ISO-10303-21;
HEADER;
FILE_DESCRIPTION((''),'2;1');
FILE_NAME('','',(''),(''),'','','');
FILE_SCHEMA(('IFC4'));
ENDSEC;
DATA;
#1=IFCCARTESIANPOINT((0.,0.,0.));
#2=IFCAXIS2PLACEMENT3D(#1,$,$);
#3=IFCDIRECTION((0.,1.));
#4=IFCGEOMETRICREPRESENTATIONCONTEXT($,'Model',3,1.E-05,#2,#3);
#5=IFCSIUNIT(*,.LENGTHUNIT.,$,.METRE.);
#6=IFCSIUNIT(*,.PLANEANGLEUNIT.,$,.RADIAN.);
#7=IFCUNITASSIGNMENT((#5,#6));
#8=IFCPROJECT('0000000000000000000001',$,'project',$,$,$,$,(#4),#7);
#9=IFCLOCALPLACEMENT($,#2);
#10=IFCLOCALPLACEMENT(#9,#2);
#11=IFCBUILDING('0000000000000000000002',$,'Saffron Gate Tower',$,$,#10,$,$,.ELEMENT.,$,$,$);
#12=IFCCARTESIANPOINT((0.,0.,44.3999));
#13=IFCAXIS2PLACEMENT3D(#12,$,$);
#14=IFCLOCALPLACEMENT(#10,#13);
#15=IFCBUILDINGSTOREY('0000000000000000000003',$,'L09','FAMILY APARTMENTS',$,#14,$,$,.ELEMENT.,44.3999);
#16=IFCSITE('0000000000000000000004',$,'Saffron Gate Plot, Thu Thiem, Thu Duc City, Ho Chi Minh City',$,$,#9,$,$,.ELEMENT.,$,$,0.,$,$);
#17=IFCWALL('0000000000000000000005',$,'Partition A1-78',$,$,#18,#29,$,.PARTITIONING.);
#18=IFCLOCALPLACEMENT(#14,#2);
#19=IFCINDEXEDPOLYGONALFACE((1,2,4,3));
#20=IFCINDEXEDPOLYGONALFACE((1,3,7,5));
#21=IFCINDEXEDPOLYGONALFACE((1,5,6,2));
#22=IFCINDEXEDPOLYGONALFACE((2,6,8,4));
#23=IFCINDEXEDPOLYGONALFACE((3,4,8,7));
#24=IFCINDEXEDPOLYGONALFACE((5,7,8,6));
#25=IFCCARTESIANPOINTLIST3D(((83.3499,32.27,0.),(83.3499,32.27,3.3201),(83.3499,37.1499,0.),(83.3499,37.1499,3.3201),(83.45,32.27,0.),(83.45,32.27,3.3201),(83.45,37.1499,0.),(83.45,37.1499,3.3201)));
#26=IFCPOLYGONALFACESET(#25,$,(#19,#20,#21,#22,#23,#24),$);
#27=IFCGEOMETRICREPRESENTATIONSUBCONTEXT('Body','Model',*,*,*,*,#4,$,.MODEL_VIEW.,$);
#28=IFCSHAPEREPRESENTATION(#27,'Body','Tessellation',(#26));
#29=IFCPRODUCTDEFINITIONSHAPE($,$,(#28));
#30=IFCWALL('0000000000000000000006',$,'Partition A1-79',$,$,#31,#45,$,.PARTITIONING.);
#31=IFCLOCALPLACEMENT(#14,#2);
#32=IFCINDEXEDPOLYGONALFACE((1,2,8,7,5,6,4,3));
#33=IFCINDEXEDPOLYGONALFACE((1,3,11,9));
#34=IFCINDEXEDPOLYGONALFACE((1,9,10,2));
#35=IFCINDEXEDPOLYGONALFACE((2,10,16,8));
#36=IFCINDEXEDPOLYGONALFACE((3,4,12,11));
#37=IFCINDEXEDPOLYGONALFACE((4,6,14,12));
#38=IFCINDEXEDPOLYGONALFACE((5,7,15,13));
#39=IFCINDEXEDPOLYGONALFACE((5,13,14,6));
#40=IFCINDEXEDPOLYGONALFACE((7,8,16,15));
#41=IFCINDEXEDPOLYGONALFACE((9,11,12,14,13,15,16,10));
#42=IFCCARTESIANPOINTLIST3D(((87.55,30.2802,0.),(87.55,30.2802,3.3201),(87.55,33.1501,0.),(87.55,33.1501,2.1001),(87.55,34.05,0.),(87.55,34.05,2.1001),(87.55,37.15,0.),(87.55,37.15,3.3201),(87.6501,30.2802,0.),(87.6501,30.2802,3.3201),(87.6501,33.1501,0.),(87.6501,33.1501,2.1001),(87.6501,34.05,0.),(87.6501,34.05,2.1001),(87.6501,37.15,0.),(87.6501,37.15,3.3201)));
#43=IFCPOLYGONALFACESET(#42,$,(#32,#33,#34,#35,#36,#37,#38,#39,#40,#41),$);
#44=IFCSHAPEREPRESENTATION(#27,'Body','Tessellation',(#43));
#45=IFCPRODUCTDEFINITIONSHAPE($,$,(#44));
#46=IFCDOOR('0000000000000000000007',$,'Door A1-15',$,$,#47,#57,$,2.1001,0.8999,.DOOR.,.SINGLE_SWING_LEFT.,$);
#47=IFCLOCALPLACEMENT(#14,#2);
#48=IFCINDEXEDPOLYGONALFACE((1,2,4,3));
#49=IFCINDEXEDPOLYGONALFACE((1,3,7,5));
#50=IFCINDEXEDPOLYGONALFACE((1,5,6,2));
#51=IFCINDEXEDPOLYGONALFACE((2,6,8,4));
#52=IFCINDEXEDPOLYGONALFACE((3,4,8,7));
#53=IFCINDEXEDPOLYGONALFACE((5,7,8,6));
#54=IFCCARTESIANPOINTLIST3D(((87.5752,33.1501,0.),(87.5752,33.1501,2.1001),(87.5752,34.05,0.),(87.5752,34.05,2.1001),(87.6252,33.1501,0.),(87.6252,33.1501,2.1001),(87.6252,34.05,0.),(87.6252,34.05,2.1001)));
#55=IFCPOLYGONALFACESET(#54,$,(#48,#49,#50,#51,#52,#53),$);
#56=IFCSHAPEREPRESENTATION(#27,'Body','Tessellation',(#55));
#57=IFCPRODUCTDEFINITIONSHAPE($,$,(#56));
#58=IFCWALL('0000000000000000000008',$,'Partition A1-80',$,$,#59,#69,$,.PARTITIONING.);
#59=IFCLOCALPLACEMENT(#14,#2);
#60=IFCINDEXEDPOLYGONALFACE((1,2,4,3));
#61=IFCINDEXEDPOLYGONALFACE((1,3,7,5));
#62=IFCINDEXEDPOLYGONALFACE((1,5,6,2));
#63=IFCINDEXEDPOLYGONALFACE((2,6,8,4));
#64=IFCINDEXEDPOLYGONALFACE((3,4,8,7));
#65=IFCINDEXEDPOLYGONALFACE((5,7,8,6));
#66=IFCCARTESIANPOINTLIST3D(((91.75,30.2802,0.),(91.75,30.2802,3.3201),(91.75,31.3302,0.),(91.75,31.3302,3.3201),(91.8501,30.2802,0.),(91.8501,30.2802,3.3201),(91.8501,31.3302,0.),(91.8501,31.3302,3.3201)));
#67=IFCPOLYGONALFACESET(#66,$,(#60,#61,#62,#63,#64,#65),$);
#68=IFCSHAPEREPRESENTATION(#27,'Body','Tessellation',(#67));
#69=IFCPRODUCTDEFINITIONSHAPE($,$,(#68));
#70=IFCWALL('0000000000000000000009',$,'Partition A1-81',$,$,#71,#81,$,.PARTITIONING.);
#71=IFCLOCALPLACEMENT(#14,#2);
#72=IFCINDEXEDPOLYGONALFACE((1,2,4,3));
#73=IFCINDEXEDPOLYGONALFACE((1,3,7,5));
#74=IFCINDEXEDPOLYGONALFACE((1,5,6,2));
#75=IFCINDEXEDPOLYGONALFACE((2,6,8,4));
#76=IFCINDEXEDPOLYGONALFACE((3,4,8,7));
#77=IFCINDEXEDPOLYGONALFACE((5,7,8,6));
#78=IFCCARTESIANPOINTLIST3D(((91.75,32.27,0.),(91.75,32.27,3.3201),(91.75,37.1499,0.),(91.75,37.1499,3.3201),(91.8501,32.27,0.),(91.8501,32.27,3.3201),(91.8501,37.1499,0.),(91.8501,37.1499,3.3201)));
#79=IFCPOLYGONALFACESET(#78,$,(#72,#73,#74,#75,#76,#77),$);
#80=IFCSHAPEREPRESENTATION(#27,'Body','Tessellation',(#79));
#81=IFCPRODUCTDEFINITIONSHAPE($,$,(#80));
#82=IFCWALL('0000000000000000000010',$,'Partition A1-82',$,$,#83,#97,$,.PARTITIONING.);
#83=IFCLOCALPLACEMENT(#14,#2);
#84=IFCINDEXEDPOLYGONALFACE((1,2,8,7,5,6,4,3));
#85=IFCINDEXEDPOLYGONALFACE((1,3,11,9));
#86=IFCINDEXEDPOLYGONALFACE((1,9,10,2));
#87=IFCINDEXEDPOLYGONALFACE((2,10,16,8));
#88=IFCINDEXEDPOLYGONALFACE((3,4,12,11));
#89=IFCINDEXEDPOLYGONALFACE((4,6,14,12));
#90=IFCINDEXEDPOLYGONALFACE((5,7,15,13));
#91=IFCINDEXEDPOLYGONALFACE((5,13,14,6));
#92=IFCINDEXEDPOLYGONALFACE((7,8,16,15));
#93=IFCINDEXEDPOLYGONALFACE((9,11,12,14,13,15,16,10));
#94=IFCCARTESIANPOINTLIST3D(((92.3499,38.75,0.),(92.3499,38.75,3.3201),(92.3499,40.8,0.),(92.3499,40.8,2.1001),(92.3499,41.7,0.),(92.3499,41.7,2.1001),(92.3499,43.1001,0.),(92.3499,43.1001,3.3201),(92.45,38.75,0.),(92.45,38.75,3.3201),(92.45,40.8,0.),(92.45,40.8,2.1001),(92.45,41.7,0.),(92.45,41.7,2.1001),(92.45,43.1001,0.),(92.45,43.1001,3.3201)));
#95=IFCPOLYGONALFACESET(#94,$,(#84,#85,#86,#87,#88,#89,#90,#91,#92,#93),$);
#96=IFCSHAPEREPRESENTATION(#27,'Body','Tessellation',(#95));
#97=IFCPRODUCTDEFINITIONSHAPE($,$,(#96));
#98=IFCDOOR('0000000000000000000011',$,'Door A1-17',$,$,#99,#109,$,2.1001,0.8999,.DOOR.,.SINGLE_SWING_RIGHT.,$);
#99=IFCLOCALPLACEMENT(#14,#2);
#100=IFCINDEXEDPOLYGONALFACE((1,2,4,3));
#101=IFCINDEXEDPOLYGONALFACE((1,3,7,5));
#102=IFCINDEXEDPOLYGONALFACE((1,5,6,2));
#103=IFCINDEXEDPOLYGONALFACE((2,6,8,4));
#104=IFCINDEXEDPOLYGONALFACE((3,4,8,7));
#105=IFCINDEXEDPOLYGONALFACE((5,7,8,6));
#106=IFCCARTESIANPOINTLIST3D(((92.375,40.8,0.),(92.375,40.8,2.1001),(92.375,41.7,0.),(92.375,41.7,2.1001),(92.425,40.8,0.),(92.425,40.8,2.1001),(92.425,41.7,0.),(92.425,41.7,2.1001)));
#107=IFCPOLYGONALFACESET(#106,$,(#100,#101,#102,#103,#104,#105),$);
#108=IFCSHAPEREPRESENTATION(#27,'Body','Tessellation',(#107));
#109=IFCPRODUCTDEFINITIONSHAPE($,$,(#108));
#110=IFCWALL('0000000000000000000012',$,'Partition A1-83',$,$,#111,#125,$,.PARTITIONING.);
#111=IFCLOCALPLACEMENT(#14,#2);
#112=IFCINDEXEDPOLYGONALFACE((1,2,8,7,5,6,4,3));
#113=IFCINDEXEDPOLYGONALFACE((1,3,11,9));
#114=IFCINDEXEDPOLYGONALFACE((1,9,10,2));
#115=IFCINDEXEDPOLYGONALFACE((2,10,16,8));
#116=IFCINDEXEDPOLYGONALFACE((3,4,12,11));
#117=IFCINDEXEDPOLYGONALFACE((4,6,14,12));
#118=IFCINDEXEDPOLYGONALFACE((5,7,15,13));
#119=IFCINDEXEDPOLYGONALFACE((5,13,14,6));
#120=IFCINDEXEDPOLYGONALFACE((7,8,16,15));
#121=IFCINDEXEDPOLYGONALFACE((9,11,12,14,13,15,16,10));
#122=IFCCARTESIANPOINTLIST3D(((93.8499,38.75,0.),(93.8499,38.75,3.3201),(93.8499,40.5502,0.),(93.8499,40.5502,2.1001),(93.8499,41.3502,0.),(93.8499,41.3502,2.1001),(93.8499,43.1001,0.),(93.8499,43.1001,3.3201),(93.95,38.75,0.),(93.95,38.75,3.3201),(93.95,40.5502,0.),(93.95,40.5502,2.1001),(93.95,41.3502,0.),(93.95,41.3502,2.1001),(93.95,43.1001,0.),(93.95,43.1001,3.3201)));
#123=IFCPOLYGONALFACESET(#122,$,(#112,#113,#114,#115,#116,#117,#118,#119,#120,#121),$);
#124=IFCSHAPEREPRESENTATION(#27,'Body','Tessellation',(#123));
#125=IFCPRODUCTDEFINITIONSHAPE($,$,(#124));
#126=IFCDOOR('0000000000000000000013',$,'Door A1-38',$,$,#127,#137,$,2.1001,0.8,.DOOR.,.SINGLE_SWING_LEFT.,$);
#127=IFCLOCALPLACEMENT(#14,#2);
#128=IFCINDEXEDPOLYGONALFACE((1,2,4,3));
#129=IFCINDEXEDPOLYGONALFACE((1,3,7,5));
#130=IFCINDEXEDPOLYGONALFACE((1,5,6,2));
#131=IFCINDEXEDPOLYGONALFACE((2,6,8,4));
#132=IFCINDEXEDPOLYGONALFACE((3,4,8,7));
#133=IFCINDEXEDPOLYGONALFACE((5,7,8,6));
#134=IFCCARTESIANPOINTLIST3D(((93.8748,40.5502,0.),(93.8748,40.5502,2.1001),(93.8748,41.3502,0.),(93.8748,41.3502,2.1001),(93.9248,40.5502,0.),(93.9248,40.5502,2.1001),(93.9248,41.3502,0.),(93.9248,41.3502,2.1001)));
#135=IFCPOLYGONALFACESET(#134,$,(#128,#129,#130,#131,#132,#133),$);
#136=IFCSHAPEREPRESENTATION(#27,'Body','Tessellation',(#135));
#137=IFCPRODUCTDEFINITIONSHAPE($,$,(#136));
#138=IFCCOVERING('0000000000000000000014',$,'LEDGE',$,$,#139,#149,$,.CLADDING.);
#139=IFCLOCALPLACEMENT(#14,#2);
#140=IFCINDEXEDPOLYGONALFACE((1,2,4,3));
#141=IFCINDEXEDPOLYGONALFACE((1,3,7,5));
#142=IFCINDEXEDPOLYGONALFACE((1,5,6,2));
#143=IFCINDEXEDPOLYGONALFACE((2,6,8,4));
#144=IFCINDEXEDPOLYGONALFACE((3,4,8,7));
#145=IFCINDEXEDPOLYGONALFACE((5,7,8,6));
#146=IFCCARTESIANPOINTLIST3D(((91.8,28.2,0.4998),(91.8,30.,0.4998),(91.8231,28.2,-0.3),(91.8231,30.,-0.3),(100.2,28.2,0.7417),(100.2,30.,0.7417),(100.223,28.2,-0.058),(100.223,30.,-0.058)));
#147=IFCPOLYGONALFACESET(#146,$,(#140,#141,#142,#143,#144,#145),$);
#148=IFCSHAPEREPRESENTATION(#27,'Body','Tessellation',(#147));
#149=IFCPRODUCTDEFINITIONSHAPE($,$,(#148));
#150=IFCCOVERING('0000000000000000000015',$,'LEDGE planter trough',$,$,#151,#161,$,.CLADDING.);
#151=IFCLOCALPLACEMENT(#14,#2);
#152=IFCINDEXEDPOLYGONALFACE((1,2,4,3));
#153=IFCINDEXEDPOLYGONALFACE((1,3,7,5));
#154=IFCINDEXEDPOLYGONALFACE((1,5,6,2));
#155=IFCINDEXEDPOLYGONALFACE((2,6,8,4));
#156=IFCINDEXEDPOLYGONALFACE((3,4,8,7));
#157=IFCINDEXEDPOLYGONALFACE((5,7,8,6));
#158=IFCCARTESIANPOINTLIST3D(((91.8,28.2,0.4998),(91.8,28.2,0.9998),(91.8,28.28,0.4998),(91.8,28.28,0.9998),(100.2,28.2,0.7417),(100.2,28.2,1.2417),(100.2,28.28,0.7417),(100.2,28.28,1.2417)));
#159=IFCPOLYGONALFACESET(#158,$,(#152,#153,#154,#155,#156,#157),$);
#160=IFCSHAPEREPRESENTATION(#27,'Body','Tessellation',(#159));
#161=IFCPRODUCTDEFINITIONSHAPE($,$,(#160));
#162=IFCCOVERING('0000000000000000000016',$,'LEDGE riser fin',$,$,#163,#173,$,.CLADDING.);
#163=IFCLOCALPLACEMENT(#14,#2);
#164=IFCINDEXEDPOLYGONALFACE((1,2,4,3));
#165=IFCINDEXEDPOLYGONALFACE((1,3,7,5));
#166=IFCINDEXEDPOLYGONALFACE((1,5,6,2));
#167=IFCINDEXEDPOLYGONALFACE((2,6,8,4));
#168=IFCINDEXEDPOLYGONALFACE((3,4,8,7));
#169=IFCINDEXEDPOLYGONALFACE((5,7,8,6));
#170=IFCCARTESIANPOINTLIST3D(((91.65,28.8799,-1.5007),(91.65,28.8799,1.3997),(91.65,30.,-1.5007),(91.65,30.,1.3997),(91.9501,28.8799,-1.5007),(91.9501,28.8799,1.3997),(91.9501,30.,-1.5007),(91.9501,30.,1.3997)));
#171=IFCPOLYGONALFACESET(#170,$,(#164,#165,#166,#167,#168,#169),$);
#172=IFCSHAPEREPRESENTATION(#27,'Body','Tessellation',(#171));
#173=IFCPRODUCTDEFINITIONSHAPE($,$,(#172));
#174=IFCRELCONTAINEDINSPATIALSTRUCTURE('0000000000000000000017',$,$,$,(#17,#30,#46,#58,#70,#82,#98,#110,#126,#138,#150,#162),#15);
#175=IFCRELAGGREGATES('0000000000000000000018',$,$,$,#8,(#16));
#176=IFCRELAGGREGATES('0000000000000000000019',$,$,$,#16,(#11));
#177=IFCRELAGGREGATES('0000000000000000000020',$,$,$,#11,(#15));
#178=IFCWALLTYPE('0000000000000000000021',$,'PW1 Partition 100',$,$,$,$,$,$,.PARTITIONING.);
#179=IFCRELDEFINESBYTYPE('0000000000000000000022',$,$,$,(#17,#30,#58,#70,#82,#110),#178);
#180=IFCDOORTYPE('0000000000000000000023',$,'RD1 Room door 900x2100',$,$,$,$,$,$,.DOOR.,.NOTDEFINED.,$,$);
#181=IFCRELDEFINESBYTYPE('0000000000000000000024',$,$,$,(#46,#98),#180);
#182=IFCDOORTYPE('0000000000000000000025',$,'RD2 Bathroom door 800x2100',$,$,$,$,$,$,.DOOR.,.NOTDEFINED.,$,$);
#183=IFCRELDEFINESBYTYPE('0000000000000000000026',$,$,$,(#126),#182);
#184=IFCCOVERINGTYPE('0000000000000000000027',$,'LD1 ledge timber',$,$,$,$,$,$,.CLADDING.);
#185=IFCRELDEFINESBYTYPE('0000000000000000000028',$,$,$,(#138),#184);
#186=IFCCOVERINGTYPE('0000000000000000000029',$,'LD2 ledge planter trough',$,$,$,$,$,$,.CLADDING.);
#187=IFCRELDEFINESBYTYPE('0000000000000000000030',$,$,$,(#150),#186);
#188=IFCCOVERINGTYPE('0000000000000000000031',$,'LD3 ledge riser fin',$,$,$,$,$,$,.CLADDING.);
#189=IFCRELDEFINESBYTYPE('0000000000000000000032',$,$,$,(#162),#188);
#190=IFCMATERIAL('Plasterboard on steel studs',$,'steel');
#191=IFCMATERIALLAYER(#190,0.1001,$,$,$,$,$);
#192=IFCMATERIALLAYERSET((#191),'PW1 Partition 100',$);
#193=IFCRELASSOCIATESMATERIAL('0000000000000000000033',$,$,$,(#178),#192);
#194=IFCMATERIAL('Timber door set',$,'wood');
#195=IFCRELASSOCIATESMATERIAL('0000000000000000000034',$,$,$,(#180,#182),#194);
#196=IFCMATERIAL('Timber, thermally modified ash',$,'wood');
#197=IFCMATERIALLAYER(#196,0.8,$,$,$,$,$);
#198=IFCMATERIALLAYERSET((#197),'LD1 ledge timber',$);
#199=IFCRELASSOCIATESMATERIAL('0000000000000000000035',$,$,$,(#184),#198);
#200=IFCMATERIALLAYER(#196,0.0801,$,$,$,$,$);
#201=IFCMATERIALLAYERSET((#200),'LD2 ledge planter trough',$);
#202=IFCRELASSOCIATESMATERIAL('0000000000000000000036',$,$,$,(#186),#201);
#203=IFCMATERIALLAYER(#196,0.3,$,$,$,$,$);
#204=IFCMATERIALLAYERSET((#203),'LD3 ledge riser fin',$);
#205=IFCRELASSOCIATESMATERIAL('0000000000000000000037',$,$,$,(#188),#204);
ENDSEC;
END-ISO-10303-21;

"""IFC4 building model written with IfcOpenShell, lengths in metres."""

from ifc_helpers import new_model, si_unit, direction, frame, frame_2d, origin, origin_2d, place, context, subcontext, project, spatial, polyline, rectangle, outline, extrude, material, layer, layer_set, type_object, element, fill, save


model = new_model("IFC4")

# Units and contexts
model_context = context("Model", 3, precision=1e-05, world=origin(), true_north=direction((0.0, 1.0)))
body_context = subcontext(model_context, "Body", "Model", "MODEL_VIEW")
ifc_project = project(units=[si_unit("LENGTHUNIT", "METRE"), si_unit("PLANEANGLEUNIT", "RADIAN")], contexts=[model_context])

# Site, building, storey
site_placement = place(None, origin())
site = spatial("IfcSite", under=ifc_project, at=site_placement, Name="Saffron Gate Plot, Thu Thiem, Thu Duc City, Ho Chi Minh City", CompositionType="ELEMENT", RefElevation=0.0)
building_placement = place(site_placement, origin())
building = spatial("IfcBuilding", under=site, at=building_placement, Name="Saffron Gate Tower", CompositionType="ELEMENT")
storey_placement = place(building_placement, frame((0.0, 0.0, 44.3999)))
storey = spatial("IfcBuildingStorey", under=building, at=storey_placement, Name="L09", Description="FAMILY APARTMENTS", CompositionType="ELEMENT", Elevation=44.3999)

# Shared definitions
ifc_material_1 = material(Name="Plasterboard on steel studs", Category="steel")
ifc_layer_1 = layer(ifc_material_1, 0.1001)
ifc_layer_set_1 = layer_set([ifc_layer_1], Name="PW1 Partition 100")
wall_type = type_object("IfcWallType", Name="PW1 Partition 100", PredefinedType="PARTITIONING", material=ifc_layer_set_1)
ifc_material_2 = material(Name="Timber door set", Category="wood")
door_type_1 = type_object("IfcDoorType", Name="RD1 Room door 900x2100", OperationType="NOTDEFINED", PredefinedType="DOOR", material=ifc_material_2)

# Shared definitions
door_type_2 = type_object("IfcDoorType", Name="RD2 Bathroom door 800x2100", OperationType="NOTDEFINED", PredefinedType="DOOR", material=ifc_material_2)

# Wall
wall_1_placement = place(storey_placement, frame((83.3999, 37.1499, 0.0), z_axis=(0.0, 0.0, 1.0), x_axis=(0.0, -1.0, 0.0)))
element("IfcWall", 1, at=wall_1_placement, inside=storey, type_object=wall_type, Name="Partition A1-78", PredefinedType="PARTITIONING", context=body_context, shape_type="SweptSolid", body=[
    extrude(rectangle(XDim=4.8799, YDim=0.1001, at=frame_2d((2.4399, 0.0))), origin(), (0.0, 0.0, 1.0), 3.3201),
])

# Wall, opening, door
wall_2_placement = place(storey_placement, frame((87.6001, 30.28, 0.0), z_axis=(0.0, 0.0, 1.0), x_axis=(0.0, 1.0, 0.0)))
wall_2 = element("IfcWall", 2, at=wall_2_placement, inside=storey, type_object=wall_type, Name="Partition A1-79", PredefinedType="PARTITIONING", context=body_context, shape_type="SweptSolid", body=[
    extrude(rectangle(XDim=6.8699, YDim=0.1001, at=frame_2d((3.4351, 0.0))), origin(), (0.0, 0.0, 1.0), 3.3201),
])
opening_1_placement = place(wall_2_placement, frame((2.8701, 0.0, 0.0)))
opening_1 = element("IfcOpeningElement", 3, at=opening_1_placement, cuts=wall_2, PredefinedType="OPENING", context=body_context, shape_type="SweptSolid", body=[
    extrude(rectangle(XDim=0.8999, YDim=2.1001, at=frame_2d((0.45, 1.05))), frame((0.0, 0.0601, 0.0), z_axis=(0.0, -1.0, 0.0), x_axis=(1.0, 0.0, 0.0)), (0.0, 0.0, 1.0), 0.1201),
])
door_1_placement = place(opening_1_placement, origin())
door_1 = element("IfcDoor", 4, at=door_1_placement, inside=storey, type_object=door_type_1, Name="Door A1-15", OperationType="SINGLE_SWING_LEFT", OverallHeight=2.1001, OverallWidth=0.8999, PredefinedType="DOOR", context=body_context, shape_type="SweptSolid", body=[
    extrude(rectangle(XDim=0.8999, YDim=2.1001, at=frame_2d((0.45, 1.05))), frame((0.0, 0.0249, 0.0), z_axis=(0.0, -1.0, 0.0), x_axis=(1.0, 0.0, 0.0)), (0.0, 0.0, 1.0), 0.05),
])
fill(opening_1, door_1)

# Walls
wall_3_placement = place(storey_placement, frame((91.8, 31.3301, 0.0), z_axis=(0.0, 0.0, 1.0), x_axis=(0.0, -1.0, 0.0)))
element("IfcWall", 5, at=wall_3_placement, inside=storey, type_object=wall_type, Name="Partition A1-80", PredefinedType="PARTITIONING", context=body_context, shape_type="SweptSolid", body=[
    extrude(rectangle(XDim=1.05, YDim=0.1001, at=frame_2d((0.5249, 0.0))), origin(), (0.0, 0.0, 1.0), 3.3201),
])
wall_4_placement = place(storey_placement, frame((91.8, 37.1499, 0.0), z_axis=(0.0, 0.0, 1.0), x_axis=(0.0, -1.0, 0.0)))
element("IfcWall", 6, at=wall_4_placement, inside=storey, type_object=wall_type, Name="Partition A1-81", PredefinedType="PARTITIONING", context=body_context, shape_type="SweptSolid", body=[
    extrude(rectangle(XDim=4.8799, YDim=0.1001, at=frame_2d((2.4399, 0.0))), origin(), (0.0, 0.0, 1.0), 3.3201),
])

# Walls, openings, doors
wall_5_placement = place(storey_placement, frame((92.3999, 38.75, 0.0), z_axis=(0.0, 0.0, 1.0), x_axis=(0.0, 1.0, 0.0)))
wall_5 = element("IfcWall", 7, at=wall_5_placement, inside=storey, type_object=wall_type, Name="Partition A1-82", PredefinedType="PARTITIONING", context=body_context, shape_type="SweptSolid", body=[
    extrude(rectangle(XDim=4.3501, YDim=0.1001, at=frame_2d((2.175, 0.0))), origin(), (0.0, 0.0, 1.0), 3.3201),
])
opening_2_placement = place(wall_5_placement, frame((2.05, 0.0, 0.0)))
opening_2 = element("IfcOpeningElement", 8, at=opening_2_placement, cuts=wall_5, PredefinedType="OPENING", context=body_context, shape_type="SweptSolid", body=[
    extrude(rectangle(XDim=0.8999, YDim=2.1001, at=frame_2d((0.45, 1.05))), frame((0.0, 0.0601, 0.0), z_axis=(0.0, -1.0, 0.0), x_axis=(1.0, 0.0, 0.0)), (0.0, 0.0, 1.0), 0.1201),
])
door_2_placement = place(opening_2_placement, origin())
door_2 = element("IfcDoor", 9, at=door_2_placement, inside=storey, type_object=door_type_1, Name="Door A1-17", OperationType="SINGLE_SWING_RIGHT", OverallHeight=2.1001, OverallWidth=0.8999, PredefinedType="DOOR", context=body_context, shape_type="SweptSolid", body=[
    extrude(rectangle(XDim=0.8999, YDim=2.1001, at=frame_2d((0.45, 1.05))), frame((0.0, 0.0249, 0.0), z_axis=(0.0, -1.0, 0.0), x_axis=(1.0, 0.0, 0.0)), (0.0, 0.0, 1.0), 0.05),
])
fill(opening_2, door_2)
wall_6_placement = place(storey_placement, frame((93.8999, 43.1001, 0.0), z_axis=(0.0, 0.0, 1.0), x_axis=(0.0, -1.0, 0.0)))
wall_6 = element("IfcWall", 10, at=wall_6_placement, inside=storey, type_object=wall_type, Name="Partition A1-83", PredefinedType="PARTITIONING", context=body_context, shape_type="SweptSolid", body=[
    extrude(rectangle(XDim=4.3501, YDim=0.1001, at=frame_2d((2.175, 0.0))), origin(), (0.0, 0.0, 1.0), 3.3201),
])
opening_3_placement = place(wall_6_placement, frame((1.75, 0.0, 0.0)))
opening_3 = element("IfcOpeningElement", 11, at=opening_3_placement, cuts=wall_6, PredefinedType="OPENING", context=body_context, shape_type="SweptSolid", body=[
    extrude(rectangle(XDim=0.8, YDim=2.1001, at=frame_2d((0.3999, 1.05))), frame((0.0, 0.0601, 0.0), z_axis=(0.0, -1.0, 0.0), x_axis=(1.0, 0.0, 0.0)), (0.0, 0.0, 1.0), 0.1201),
])
door_3_placement = place(opening_3_placement, origin())
door_3 = element("IfcDoor", 12, at=door_3_placement, inside=storey, type_object=door_type_2, Name="Door A1-38", OperationType="SINGLE_SWING_LEFT", OverallHeight=2.1001, OverallWidth=0.8, PredefinedType="DOOR", context=body_context, shape_type="SweptSolid", body=[
    extrude(rectangle(XDim=0.8, YDim=2.1001, at=frame_2d((0.3999, 1.05))), frame((0.0, 0.0249, 0.0), z_axis=(0.0, -1.0, 0.0), x_axis=(1.0, 0.0, 0.0)), (0.0, 0.0, 1.0), 0.05),
])
fill(opening_3, door_3)

# Coverings
ifc_material_3 = material(Name="Timber, thermally modified ash", Category="wood")
ifc_layer_2 = layer(ifc_material_3, 0.8)
ifc_layer_set_2 = layer_set([ifc_layer_2], Name="LD1 ledge timber")
covering_type_1 = type_object("IfcCoveringType", Name="LD1 ledge timber", PredefinedType="CLADDING", material=ifc_layer_set_2)
covering_1_placement = place(storey_placement, frame((91.8, 30.0, 0.4998), z_axis=(-0.028791, 0.0, 0.999585), x_axis=(0.999585, 0.0, 0.028791)))
element("IfcCovering", 13, at=covering_1_placement, inside=storey, type_object=covering_type_1, Name="LEDGE", PredefinedType="CLADDING", context=body_context, shape_type="SweptSolid", body=[
    extrude(outline(polyline([(0.0, 0.0), (8.4034, 0.0), (8.4034, -1.8), (0.0, -1.8), (0.0, 0.0)])), origin(), (0.0, 0.0, -1.0), 0.8),
])
ifc_layer_3 = layer(ifc_material_3, 0.0801)
ifc_layer_set_3 = layer_set([ifc_layer_3], Name="LD2 ledge planter trough")
covering_type_2 = type_object("IfcCoveringType", Name="LD2 ledge planter trough", PredefinedType="CLADDING", material=ifc_layer_set_3)
covering_2_placement = place(storey_placement, frame((91.8, 28.2, 0.4998), z_axis=(0.0, -1.0, 0.0), x_axis=(0.999585, 0.0, 0.028791)))
element("IfcCovering", 14, at=covering_2_placement, inside=storey, type_object=covering_type_2, Name="LEDGE planter trough", PredefinedType="CLADDING", context=body_context, shape_type="SweptSolid", body=[
    extrude(outline(polyline([(0.0, 0.0), (8.4034, 0.0), (8.4178, 0.4998), (0.0144, 0.4998), (0.0, 0.0)])), origin(), (0.0, 0.0, -1.0), 0.0801),
])
ifc_layer_4 = layer(ifc_material_3, 0.3)
ifc_layer_set_4 = layer_set([ifc_layer_4], Name="LD3 ledge riser fin")
covering_type_3 = type_object("IfcCoveringType", Name="LD3 ledge riser fin", PredefinedType="CLADDING", material=ifc_layer_set_4)
covering_3_placement = place(storey_placement, frame((91.8, 29.4399, -1.5007), z_axis=(0.0, 0.0, 1.0), x_axis=(1.0, 0.0, 0.0)))
element("IfcCovering", 15, at=covering_3_placement, inside=storey, type_object=covering_type_3, Name="LEDGE riser fin", PredefinedType="CLADDING", context=body_context, shape_type="SweptSolid", body=[
    extrude(rectangle(XDim=0.3, YDim=1.1201, at=origin_2d()), origin(), (0.0, 0.0, 1.0), 2.9004),
])

save(model, "model.ifc")
